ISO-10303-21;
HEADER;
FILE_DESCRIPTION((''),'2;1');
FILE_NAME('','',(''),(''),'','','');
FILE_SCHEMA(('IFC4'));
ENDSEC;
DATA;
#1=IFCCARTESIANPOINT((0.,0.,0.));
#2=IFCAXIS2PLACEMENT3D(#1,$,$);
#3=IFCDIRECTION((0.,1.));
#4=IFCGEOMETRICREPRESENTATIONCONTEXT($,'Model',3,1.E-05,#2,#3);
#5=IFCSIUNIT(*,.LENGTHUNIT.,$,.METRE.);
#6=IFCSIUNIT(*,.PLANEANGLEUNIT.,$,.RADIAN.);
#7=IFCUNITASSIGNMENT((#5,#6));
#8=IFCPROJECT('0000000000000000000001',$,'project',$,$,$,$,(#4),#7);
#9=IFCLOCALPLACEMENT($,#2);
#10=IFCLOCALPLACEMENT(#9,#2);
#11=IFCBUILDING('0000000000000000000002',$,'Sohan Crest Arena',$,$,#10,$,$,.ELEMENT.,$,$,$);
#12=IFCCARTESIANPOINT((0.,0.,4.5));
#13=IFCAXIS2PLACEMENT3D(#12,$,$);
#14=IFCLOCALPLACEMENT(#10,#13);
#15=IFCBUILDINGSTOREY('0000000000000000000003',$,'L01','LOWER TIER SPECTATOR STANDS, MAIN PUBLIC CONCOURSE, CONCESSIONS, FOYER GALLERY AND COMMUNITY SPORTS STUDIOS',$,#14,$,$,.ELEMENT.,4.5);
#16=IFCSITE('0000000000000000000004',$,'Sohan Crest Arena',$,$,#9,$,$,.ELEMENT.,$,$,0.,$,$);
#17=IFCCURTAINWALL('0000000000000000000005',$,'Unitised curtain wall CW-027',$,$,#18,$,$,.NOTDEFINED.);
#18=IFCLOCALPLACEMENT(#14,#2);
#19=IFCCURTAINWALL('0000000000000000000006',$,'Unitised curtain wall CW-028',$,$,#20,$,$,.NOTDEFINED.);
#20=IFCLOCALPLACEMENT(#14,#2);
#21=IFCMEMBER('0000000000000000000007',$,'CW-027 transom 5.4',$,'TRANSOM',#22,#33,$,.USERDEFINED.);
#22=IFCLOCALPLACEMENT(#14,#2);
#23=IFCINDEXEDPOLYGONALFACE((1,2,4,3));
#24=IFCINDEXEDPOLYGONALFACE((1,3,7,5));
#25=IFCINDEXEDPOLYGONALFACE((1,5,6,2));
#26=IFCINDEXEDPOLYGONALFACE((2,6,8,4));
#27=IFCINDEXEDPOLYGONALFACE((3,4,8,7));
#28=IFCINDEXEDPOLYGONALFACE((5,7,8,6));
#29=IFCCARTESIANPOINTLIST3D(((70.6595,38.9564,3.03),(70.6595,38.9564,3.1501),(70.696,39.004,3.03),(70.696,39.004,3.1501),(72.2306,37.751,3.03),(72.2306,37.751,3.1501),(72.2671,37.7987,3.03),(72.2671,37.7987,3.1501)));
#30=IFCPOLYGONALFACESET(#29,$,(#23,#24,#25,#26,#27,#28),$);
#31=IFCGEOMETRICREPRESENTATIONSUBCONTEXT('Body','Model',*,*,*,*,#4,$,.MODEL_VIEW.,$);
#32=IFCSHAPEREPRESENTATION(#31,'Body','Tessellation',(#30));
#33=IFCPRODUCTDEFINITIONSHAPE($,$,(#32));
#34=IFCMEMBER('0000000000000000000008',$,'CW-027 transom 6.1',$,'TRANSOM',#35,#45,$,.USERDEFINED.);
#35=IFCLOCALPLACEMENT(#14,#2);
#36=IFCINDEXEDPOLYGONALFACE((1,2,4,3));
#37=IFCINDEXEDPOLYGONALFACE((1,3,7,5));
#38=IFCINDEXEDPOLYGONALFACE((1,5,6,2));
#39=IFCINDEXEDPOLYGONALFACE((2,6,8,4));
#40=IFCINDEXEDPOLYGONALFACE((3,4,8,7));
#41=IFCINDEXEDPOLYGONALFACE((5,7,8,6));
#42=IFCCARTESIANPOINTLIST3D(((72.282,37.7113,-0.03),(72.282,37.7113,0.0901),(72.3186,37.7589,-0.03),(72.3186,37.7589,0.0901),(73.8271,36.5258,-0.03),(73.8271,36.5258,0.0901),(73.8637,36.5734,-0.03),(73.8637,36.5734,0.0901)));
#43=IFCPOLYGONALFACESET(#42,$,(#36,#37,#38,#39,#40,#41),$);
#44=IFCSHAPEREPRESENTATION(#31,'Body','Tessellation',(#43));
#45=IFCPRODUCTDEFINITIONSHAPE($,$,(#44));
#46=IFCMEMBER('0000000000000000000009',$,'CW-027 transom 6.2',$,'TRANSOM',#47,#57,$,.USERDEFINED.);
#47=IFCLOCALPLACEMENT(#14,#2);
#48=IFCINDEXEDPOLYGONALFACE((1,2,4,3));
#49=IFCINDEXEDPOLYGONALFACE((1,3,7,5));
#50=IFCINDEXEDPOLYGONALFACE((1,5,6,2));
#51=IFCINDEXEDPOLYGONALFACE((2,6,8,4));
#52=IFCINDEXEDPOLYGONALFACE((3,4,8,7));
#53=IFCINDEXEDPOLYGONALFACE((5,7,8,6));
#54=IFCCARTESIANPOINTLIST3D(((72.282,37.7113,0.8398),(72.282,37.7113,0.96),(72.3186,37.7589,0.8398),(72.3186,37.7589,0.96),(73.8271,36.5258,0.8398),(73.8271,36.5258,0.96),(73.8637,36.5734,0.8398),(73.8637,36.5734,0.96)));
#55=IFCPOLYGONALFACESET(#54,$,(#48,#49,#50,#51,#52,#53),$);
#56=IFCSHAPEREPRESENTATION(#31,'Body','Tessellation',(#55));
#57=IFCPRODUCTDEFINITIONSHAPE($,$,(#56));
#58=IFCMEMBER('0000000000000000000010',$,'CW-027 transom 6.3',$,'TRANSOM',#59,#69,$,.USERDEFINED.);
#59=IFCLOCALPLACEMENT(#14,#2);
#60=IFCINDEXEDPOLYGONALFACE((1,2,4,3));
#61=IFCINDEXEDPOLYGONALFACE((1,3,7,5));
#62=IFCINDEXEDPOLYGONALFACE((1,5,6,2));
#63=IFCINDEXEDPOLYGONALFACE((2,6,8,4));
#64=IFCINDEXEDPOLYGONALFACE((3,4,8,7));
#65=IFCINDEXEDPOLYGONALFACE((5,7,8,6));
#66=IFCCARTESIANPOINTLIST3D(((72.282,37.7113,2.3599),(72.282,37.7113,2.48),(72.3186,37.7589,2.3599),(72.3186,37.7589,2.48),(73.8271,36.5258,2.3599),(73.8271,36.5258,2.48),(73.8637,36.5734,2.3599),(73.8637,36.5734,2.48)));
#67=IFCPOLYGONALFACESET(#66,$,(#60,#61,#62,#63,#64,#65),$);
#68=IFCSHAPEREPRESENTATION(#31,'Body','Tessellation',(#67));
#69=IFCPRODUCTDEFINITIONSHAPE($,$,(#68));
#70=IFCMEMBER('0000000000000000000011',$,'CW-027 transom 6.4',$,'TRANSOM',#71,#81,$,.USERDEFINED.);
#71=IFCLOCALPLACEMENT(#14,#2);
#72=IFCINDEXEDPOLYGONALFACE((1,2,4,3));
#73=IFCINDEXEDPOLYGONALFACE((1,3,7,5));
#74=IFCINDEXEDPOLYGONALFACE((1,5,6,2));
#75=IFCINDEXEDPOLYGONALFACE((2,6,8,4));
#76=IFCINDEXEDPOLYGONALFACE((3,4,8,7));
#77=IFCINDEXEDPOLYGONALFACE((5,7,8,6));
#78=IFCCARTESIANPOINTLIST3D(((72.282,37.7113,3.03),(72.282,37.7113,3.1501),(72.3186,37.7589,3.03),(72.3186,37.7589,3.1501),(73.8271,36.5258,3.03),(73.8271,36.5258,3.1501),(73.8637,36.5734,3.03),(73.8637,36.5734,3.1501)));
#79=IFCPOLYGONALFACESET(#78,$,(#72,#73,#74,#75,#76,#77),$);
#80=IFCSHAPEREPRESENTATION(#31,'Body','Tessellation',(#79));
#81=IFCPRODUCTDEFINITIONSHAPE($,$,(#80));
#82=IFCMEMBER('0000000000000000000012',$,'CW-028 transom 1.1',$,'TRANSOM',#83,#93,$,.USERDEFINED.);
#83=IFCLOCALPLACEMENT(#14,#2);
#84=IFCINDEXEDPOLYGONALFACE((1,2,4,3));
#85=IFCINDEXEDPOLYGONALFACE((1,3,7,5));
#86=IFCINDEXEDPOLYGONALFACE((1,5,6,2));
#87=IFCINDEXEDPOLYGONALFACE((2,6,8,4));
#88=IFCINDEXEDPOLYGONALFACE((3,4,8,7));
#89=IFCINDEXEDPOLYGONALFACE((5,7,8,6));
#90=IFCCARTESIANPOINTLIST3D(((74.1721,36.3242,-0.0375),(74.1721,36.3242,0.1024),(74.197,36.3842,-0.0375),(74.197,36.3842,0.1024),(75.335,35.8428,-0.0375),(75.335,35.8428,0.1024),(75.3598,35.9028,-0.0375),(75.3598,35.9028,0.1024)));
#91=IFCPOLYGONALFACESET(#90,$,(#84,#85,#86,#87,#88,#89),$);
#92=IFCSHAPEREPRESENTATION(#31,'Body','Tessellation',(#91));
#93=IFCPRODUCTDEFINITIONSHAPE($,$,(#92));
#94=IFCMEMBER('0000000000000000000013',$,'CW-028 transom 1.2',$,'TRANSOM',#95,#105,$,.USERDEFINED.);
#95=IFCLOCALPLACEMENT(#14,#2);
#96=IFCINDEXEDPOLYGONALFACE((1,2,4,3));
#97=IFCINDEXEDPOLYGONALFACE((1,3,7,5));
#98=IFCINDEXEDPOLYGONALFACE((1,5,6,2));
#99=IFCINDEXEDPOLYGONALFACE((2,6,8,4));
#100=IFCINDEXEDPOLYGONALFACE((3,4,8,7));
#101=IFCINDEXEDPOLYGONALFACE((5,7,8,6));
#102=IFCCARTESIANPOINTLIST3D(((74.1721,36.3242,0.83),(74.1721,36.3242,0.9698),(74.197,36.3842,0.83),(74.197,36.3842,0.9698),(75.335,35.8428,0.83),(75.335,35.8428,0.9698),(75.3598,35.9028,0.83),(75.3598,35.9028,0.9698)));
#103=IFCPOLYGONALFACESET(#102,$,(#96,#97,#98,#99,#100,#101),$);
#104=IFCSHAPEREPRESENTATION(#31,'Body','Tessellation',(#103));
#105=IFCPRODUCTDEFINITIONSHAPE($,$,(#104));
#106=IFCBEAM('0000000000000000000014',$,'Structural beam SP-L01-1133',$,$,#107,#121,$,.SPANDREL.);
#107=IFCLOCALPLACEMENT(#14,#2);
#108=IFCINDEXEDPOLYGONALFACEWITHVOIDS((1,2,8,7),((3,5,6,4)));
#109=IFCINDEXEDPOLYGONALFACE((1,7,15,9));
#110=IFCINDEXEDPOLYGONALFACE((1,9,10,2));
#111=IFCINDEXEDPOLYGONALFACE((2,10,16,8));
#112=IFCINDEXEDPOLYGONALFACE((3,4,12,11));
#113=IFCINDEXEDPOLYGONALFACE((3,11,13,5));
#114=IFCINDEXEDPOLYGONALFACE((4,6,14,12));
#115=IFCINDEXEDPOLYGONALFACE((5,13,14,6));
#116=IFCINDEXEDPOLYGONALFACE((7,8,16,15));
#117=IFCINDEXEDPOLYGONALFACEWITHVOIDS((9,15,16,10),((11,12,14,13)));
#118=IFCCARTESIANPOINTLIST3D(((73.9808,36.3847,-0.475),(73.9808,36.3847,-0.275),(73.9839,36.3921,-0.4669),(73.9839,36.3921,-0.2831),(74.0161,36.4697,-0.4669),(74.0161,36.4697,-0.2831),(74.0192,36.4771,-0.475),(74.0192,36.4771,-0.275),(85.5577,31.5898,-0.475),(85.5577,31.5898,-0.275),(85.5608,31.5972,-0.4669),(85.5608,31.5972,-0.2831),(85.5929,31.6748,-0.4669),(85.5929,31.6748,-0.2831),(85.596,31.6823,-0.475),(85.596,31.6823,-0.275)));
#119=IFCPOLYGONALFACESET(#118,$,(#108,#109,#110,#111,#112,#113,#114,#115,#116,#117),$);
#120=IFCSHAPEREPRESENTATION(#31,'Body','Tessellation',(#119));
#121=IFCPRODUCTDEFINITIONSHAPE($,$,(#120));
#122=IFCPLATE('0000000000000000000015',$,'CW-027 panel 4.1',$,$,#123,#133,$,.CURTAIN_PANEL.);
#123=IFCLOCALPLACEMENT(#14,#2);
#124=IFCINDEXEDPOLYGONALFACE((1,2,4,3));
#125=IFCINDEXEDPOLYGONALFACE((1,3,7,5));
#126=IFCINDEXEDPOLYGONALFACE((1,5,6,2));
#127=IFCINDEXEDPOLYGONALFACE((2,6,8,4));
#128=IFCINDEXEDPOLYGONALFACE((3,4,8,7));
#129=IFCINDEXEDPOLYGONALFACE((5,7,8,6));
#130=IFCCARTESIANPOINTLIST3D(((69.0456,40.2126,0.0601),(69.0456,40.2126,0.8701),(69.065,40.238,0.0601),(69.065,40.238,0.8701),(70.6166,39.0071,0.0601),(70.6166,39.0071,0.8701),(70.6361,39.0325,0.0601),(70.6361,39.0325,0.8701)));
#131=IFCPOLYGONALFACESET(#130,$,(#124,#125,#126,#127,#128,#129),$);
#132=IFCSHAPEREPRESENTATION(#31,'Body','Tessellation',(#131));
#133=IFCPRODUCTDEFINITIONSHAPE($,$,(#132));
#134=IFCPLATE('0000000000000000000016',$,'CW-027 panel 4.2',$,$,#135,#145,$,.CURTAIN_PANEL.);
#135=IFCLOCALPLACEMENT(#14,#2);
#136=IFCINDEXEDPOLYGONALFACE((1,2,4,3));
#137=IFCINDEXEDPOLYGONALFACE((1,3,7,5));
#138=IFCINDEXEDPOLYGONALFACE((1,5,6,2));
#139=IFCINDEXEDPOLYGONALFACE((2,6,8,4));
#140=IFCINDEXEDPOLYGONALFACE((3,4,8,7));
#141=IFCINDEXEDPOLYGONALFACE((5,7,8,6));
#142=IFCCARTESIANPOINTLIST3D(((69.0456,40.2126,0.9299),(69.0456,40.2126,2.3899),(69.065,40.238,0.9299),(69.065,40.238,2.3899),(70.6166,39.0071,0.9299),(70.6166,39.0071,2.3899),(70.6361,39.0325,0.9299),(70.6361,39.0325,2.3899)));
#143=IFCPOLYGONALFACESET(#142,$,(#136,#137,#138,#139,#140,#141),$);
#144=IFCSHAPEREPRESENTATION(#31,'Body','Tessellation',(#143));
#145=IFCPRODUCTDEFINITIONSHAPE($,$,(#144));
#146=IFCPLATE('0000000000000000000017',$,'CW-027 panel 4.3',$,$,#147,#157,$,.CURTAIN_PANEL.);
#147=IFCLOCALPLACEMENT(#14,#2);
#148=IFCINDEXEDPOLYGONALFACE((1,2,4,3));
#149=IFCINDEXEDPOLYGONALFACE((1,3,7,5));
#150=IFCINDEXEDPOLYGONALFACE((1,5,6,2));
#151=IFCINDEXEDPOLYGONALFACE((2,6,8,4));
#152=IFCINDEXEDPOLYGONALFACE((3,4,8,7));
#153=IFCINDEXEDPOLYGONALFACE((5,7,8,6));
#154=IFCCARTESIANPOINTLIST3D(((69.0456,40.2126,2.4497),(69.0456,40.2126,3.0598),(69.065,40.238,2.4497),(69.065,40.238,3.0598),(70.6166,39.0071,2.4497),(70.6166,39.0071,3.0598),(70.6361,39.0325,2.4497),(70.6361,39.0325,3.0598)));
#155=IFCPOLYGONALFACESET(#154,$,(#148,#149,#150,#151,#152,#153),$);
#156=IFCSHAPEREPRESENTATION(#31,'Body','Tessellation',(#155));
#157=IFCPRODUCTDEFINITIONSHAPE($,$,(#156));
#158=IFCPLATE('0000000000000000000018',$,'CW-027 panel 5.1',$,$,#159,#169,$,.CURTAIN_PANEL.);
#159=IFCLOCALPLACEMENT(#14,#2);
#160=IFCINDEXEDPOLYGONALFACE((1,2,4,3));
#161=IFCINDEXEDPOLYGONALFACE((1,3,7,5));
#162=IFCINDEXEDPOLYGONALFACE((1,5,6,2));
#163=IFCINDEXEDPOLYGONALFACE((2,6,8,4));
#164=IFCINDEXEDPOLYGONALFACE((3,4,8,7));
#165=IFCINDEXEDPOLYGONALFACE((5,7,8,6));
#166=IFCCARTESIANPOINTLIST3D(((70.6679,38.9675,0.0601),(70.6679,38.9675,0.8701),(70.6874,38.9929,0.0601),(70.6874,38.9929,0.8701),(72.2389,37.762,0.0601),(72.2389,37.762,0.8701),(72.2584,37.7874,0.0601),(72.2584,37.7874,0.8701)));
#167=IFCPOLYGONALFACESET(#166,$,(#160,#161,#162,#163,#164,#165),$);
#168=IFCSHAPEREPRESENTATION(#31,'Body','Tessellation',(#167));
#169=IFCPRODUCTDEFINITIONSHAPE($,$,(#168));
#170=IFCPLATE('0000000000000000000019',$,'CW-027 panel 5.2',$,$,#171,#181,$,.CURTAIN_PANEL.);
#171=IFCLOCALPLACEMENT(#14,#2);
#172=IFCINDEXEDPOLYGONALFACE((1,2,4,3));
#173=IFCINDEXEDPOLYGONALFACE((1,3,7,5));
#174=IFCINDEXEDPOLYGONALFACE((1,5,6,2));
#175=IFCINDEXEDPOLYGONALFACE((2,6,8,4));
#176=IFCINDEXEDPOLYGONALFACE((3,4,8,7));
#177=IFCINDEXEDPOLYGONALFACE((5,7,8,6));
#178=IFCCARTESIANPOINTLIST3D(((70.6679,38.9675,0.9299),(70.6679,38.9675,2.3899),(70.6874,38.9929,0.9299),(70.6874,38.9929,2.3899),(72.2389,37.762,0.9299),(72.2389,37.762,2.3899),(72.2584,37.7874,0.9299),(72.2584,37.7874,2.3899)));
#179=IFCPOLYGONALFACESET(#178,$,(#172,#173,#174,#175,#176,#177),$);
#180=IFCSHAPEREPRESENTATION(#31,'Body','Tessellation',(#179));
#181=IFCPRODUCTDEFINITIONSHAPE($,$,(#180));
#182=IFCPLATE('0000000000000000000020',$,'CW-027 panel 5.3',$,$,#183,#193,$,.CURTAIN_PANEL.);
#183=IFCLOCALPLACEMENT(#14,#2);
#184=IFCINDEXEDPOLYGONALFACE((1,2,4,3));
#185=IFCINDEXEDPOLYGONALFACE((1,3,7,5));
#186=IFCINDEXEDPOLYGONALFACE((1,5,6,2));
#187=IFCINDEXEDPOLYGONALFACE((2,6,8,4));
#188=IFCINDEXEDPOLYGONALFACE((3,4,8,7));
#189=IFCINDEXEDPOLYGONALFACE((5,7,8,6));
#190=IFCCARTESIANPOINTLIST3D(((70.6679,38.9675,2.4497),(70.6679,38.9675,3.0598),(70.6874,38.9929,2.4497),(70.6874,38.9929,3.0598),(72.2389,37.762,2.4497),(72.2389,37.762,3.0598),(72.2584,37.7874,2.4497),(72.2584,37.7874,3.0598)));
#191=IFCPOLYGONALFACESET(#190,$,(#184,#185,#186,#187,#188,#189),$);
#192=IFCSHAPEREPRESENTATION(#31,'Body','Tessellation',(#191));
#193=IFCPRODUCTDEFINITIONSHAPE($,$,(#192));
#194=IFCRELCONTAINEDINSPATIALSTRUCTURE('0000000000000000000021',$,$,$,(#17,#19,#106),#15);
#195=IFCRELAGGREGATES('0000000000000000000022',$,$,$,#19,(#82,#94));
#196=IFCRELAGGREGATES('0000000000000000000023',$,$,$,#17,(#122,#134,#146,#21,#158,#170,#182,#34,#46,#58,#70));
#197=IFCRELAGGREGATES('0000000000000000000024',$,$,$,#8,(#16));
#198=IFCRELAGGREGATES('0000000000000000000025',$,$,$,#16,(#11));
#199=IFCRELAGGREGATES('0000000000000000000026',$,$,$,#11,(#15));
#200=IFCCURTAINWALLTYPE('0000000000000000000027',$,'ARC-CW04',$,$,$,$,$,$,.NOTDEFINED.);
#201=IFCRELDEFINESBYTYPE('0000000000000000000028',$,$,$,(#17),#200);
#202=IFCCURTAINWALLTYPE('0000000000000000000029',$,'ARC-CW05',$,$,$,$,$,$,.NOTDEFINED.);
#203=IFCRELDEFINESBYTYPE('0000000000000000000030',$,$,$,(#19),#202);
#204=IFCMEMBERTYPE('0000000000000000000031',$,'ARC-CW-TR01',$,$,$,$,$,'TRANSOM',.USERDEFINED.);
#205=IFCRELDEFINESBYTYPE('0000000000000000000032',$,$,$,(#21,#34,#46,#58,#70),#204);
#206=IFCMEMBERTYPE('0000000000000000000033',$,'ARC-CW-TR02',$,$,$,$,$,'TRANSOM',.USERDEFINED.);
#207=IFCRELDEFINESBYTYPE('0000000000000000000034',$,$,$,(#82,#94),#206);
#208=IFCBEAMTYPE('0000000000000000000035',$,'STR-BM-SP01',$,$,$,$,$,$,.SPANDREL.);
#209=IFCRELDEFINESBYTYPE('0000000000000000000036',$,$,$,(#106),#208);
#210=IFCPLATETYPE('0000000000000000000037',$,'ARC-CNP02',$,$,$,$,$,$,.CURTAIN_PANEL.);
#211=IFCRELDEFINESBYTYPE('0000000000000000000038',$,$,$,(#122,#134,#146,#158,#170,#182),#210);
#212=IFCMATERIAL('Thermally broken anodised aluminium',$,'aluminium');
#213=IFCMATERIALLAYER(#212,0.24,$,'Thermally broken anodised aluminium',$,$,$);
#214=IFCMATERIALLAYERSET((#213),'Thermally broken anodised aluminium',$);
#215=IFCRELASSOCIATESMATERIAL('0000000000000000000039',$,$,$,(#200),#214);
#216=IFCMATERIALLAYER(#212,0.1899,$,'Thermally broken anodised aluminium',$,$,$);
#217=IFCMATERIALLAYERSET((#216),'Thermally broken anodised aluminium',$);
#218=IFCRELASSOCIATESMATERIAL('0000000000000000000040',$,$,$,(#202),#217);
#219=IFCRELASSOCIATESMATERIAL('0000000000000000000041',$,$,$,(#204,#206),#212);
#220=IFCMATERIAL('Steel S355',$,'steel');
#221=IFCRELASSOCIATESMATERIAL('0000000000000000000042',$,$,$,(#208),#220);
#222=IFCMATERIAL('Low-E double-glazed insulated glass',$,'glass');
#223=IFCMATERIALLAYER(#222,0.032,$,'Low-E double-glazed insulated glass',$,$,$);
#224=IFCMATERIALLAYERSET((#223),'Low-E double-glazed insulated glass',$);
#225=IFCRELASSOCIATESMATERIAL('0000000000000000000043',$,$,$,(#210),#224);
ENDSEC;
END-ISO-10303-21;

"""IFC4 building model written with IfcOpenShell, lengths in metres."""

from ifc_helpers import new_model, si_unit, direction, frame, origin, origin_2d, place, context, subcontext, project, spatial, rectangle, hollow_rectangle, extrude, material, layer, layer_set, material_profile, profile_set, type_object, element, aggregate, save


model = new_model("IFC4")

# Units and contexts
model_context = context("Model", 3, precision=1e-05, world=origin(), true_north=direction((0.0, 1.0)))
body_context = subcontext(model_context, "Body", "Model", "MODEL_VIEW")
ifc_project = project(units=[si_unit("LENGTHUNIT", "METRE"), si_unit("PLANEANGLEUNIT", "RADIAN")], contexts=[model_context])

# Site, building, storey
site_placement = place(None, origin())
site = spatial("IfcSite", under=ifc_project, at=site_placement, Name="Sohan Crest Arena", CompositionType="ELEMENT", RefElevation=0.0)
building_placement = place(site_placement, origin())
building = spatial("IfcBuilding", under=site, at=building_placement, Name="Sohan Crest Arena", CompositionType="ELEMENT")
storey_placement = place(building_placement, frame((0.0, 0.0, 4.5)))
storey = spatial("IfcBuildingStorey", under=building, at=storey_placement, Name="L01", Description="LOWER TIER SPECTATOR STANDS, MAIN PUBLIC CONCOURSE, CONCESSIONS, FOYER GALLERY AND COMMUNITY SPORTS STUDIOS", CompositionType="ELEMENT", Elevation=4.5)

# Shared definitions
ifc_material_1 = material(Name="Steel S355", Category="steel")

# Curtain wall
ifc_material_2 = material(Name="Thermally broken anodised aluminium", Category="aluminium")
ifc_layer_1 = layer(ifc_material_2, 0.24, Name="Thermally broken anodised aluminium")
ifc_layer_set_1 = layer_set([ifc_layer_1], Name="Thermally broken anodised aluminium")
curtain_wall_type_1 = type_object("IfcCurtainWallType", Name="ARC-CW04", PredefinedType="NOTDEFINED", material=ifc_layer_set_1)
curtain_wall_1_placement = place(storey_placement, origin())
curtain_wall_1 = element("IfcCurtainWall", 1, at=curtain_wall_1_placement, inside=storey, type_object=curtain_wall_type_1, Name="Unitised curtain wall CW-027", PredefinedType="NOTDEFINED")

# Curtain wall
ifc_layer_2 = layer(ifc_material_2, 0.1899, Name="Thermally broken anodised aluminium")
ifc_layer_set_2 = layer_set([ifc_layer_2], Name="Thermally broken anodised aluminium")
curtain_wall_type_2 = type_object("IfcCurtainWallType", Name="ARC-CW05", PredefinedType="NOTDEFINED", material=ifc_layer_set_2)
curtain_wall_2_placement = place(storey_placement, origin())
curtain_wall_2 = element("IfcCurtainWall", 2, at=curtain_wall_2_placement, inside=storey, type_object=curtain_wall_type_2, Name="Unitised curtain wall CW-028", PredefinedType="NOTDEFINED")

# Members
ifc_material_profile_1 = material_profile(ifc_material_2, rectangle(XDim=0.0601, YDim=0.1201, at=origin_2d()), Name="ALU-TRAN 60x120")
ifc_profile_set_1 = profile_set([ifc_material_profile_1], Name="Thermally broken anodised aluminium")
member_type_1 = type_object("IfcMemberType", Name="ARC-CW-TR01", ElementType="TRANSOM", PredefinedType="USERDEFINED", material=ifc_profile_set_1)
member_1_placement = place(storey_placement, frame((70.6777, 38.9802, 3.0901), z_axis=(0.793398, -0.608703, 0.0), x_axis=(0.608703, 0.793398, 0.0)))
member_1 = element("IfcMember", 3, at=member_1_placement, type_object=member_type_1, Name="CW-027 transom 5.4", ObjectType="TRANSOM", PredefinedType="USERDEFINED", context=body_context, shape_type="SweptSolid", body=[
    extrude(rectangle(XDim=0.0601, YDim=0.1201, at=origin_2d()), origin(), (0.0, 0.0, 1.0), 1.9802),
])
member_2_placement = place(storey_placement, frame((72.3003, 37.7351, 0.03), z_axis=(0.793378, -0.608729, 0.0), x_axis=(0.608729, 0.793378, 0.0)))
member_2 = element("IfcMember", 4, at=member_2_placement, type_object=member_type_1, Name="CW-027 transom 6.1", ObjectType="TRANSOM", PredefinedType="USERDEFINED", context=body_context, shape_type="SweptSolid", body=[
    extrude(rectangle(XDim=0.0601, YDim=0.1201, at=origin_2d()), origin(), (0.0, 0.0, 1.0), 1.9475),
])
member_3_placement = place(storey_placement, frame((72.3003, 37.7351, 0.8999), z_axis=(0.793378, -0.608729, 0.0), x_axis=(0.608729, 0.793378, 0.0)))
member_3 = element("IfcMember", 5, at=member_3_placement, type_object=member_type_1, Name="CW-027 transom 6.2", ObjectType="TRANSOM", PredefinedType="USERDEFINED", context=body_context, shape_type="SweptSolid", body=[
    extrude(rectangle(XDim=0.0601, YDim=0.1201, at=origin_2d()), origin(), (0.0, 0.0, 1.0), 1.9475),
])
member_4_placement = place(storey_placement, frame((72.3003, 37.7351, 2.4199), z_axis=(0.793378, -0.608729, 0.0), x_axis=(0.608729, 0.793378, 0.0)))
member_4 = element("IfcMember", 6, at=member_4_placement, type_object=member_type_1, Name="CW-027 transom 6.3", ObjectType="TRANSOM", PredefinedType="USERDEFINED", context=body_context, shape_type="SweptSolid", body=[
    extrude(rectangle(XDim=0.0601, YDim=0.1201, at=origin_2d()), origin(), (0.0, 0.0, 1.0), 1.9475),
])
member_5_placement = place(storey_placement, frame((72.3003, 37.7351, 3.0901), z_axis=(0.793378, -0.608729, 0.0), x_axis=(0.608729, 0.793378, 0.0)))
member_5 = element("IfcMember", 7, at=member_5_placement, type_object=member_type_1, Name="CW-027 transom 6.4", ObjectType="TRANSOM", PredefinedType="USERDEFINED", context=body_context, shape_type="SweptSolid", body=[
    extrude(rectangle(XDim=0.0601, YDim=0.1201, at=origin_2d()), origin(), (0.0, 0.0, 1.0), 1.9475),
])
ifc_material_profile_2 = material_profile(ifc_material_2, rectangle(XDim=0.0649, YDim=0.1399, at=origin_2d()), Name="ALU-TRAN 65x140")
ifc_profile_set_2 = profile_set([ifc_material_profile_2], Name="Thermally broken anodised aluminium")
member_type_2 = type_object("IfcMemberType", Name="ARC-CW-TR02", ElementType="TRANSOM", PredefinedType="USERDEFINED", material=ifc_profile_set_2)
member_6_placement = place(storey_placement, frame((74.1846, 36.3542, 0.0325), z_axis=(0.923941, -0.382535, 0.0), x_axis=(0.382535, 0.923941, 0.0)))
member_6 = element("IfcMember", 8, at=member_6_placement, type_object=member_type_2, Name="CW-028 transom 1.1", ObjectType="TRANSOM", PredefinedType="USERDEFINED", context=body_context, shape_type="SweptSolid", body=[
    extrude(rectangle(XDim=0.0649, YDim=0.1399, at=origin_2d()), origin(), (0.0, 0.0, 1.0), 1.2585),
])
member_7_placement = place(storey_placement, frame((74.1846, 36.3542, 0.8999), z_axis=(0.923941, -0.382535, 0.0), x_axis=(0.382535, 0.923941, 0.0)))
member_7 = element("IfcMember", 9, at=member_7_placement, type_object=member_type_2, Name="CW-028 transom 1.2", ObjectType="TRANSOM", PredefinedType="USERDEFINED", context=body_context, shape_type="SweptSolid", body=[
    extrude(rectangle(XDim=0.0649, YDim=0.1399, at=origin_2d()), origin(), (0.0, 0.0, 1.0), 1.2585),
])
aggregate(curtain_wall_2, [member_6, member_7])

# Beam
ifc_material_profile_3 = material_profile(ifc_material_1, hollow_rectangle(XDim=0.1001, YDim=0.2, WallThickness=0.0081, at=origin_2d()), Name="RHS 200x100x8")
ifc_profile_set_3 = profile_set([ifc_material_profile_3], Name="Steel S355")
beam_type = type_object("IfcBeamType", Name="STR-BM-SP01", PredefinedType="SPANDREL", material=ifc_profile_set_3)
beam_placement = place(storey_placement, frame((74.0, 36.4309, -0.375), z_axis=(0.923891, -0.382657, 0.0), x_axis=(0.382657, 0.923891, 0.0)))
element("IfcBeam", 10, at=beam_placement, inside=storey, type_object=beam_type, Name="Structural beam SP-L01-1133", PredefinedType="SPANDREL", context=body_context, shape_type="SweptSolid", body=[
    extrude(hollow_rectangle(XDim=0.1001, YDim=0.2, WallThickness=0.0081, at=origin_2d()), origin(), (0.0, 0.0, 1.0), 12.5305),
])

# Plates
ifc_material_3 = material(Name="Low-E double-glazed insulated glass", Category="glass")
ifc_layer_3 = layer(ifc_material_3, 0.032, Name="Low-E double-glazed insulated glass")
ifc_layer_set_3 = layer_set([ifc_layer_3], Name="Low-E double-glazed insulated glass")
plate_type = type_object("IfcPlateType", Name="ARC-CNP02", PredefinedType="CURTAIN_PANEL", material=ifc_layer_set_3)
plate_1_placement = place(storey_placement, frame((69.8408, 39.6226, 0.0601), z_axis=(0.0, 0.0, 1.0), x_axis=(0.793351, -0.608765, 0.0)))
plate_1 = element("IfcPlate", 11, at=plate_1_placement, type_object=plate_type, Name="CW-027 panel 4.1", PredefinedType="CURTAIN_PANEL", context=body_context, shape_type="SweptSolid", body=[
    extrude(rectangle(XDim=1.9802, YDim=0.032, at=origin_2d()), origin(), (0.0, 0.0, 1.0), 0.8101),
])
plate_2_placement = place(storey_placement, frame((69.8408, 39.6226, 0.9299), z_axis=(0.0, 0.0, 1.0), x_axis=(0.793351, -0.608765, 0.0)))
plate_2 = element("IfcPlate", 12, at=plate_2_placement, type_object=plate_type, Name="CW-027 panel 4.2", PredefinedType="CURTAIN_PANEL", context=body_context, shape_type="SweptSolid", body=[
    extrude(rectangle(XDim=1.9802, YDim=0.032, at=origin_2d()), origin(), (0.0, 0.0, 1.0), 1.46),
])
plate_3_placement = place(storey_placement, frame((69.8408, 39.6226, 2.4497), z_axis=(0.0, 0.0, 1.0), x_axis=(0.793351, -0.608765, 0.0)))
plate_3 = element("IfcPlate", 13, at=plate_3_placement, type_object=plate_type, Name="CW-027 panel 4.3", PredefinedType="CURTAIN_PANEL", context=body_context, shape_type="SweptSolid", body=[
    extrude(rectangle(XDim=1.9802, YDim=0.032, at=origin_2d()), origin(), (0.0, 0.0, 1.0), 0.6101),
])
plate_4_placement = place(storey_placement, frame((71.4631, 38.3774, 0.0601), z_axis=(0.0, 0.0, 1.0), x_axis=(0.793351, -0.608765, 0.0)))
plate_4 = element("IfcPlate", 14, at=plate_4_placement, type_object=plate_type, Name="CW-027 panel 5.1", PredefinedType="CURTAIN_PANEL", context=body_context, shape_type="SweptSolid", body=[
    extrude(rectangle(XDim=1.9802, YDim=0.032, at=origin_2d()), origin(), (0.0, 0.0, 1.0), 0.8101),
])
plate_5_placement = place(storey_placement, frame((71.4631, 38.3774, 0.9299), z_axis=(0.0, 0.0, 1.0), x_axis=(0.793351, -0.608765, 0.0)))
plate_5 = element("IfcPlate", 15, at=plate_5_placement, type_object=plate_type, Name="CW-027 panel 5.2", PredefinedType="CURTAIN_PANEL", context=body_context, shape_type="SweptSolid", body=[
    extrude(rectangle(XDim=1.9802, YDim=0.032, at=origin_2d()), origin(), (0.0, 0.0, 1.0), 1.46),
])
plate_6_placement = place(storey_placement, frame((71.4631, 38.3774, 2.4497), z_axis=(0.0, 0.0, 1.0), x_axis=(0.793351, -0.608765, 0.0)))
plate_6 = element("IfcPlate", 16, at=plate_6_placement, type_object=plate_type, Name="CW-027 panel 5.3", PredefinedType="CURTAIN_PANEL", context=body_context, shape_type="SweptSolid", body=[
    extrude(rectangle(XDim=1.9802, YDim=0.032, at=origin_2d()), origin(), (0.0, 0.0, 1.0), 0.6101),
])
aggregate(curtain_wall_1, [plate_1, plate_2, plate_3, member_1, plate_4, plate_5, plate_6, member_2, member_3, member_4, member_5])

save(model, "model.ifc")
